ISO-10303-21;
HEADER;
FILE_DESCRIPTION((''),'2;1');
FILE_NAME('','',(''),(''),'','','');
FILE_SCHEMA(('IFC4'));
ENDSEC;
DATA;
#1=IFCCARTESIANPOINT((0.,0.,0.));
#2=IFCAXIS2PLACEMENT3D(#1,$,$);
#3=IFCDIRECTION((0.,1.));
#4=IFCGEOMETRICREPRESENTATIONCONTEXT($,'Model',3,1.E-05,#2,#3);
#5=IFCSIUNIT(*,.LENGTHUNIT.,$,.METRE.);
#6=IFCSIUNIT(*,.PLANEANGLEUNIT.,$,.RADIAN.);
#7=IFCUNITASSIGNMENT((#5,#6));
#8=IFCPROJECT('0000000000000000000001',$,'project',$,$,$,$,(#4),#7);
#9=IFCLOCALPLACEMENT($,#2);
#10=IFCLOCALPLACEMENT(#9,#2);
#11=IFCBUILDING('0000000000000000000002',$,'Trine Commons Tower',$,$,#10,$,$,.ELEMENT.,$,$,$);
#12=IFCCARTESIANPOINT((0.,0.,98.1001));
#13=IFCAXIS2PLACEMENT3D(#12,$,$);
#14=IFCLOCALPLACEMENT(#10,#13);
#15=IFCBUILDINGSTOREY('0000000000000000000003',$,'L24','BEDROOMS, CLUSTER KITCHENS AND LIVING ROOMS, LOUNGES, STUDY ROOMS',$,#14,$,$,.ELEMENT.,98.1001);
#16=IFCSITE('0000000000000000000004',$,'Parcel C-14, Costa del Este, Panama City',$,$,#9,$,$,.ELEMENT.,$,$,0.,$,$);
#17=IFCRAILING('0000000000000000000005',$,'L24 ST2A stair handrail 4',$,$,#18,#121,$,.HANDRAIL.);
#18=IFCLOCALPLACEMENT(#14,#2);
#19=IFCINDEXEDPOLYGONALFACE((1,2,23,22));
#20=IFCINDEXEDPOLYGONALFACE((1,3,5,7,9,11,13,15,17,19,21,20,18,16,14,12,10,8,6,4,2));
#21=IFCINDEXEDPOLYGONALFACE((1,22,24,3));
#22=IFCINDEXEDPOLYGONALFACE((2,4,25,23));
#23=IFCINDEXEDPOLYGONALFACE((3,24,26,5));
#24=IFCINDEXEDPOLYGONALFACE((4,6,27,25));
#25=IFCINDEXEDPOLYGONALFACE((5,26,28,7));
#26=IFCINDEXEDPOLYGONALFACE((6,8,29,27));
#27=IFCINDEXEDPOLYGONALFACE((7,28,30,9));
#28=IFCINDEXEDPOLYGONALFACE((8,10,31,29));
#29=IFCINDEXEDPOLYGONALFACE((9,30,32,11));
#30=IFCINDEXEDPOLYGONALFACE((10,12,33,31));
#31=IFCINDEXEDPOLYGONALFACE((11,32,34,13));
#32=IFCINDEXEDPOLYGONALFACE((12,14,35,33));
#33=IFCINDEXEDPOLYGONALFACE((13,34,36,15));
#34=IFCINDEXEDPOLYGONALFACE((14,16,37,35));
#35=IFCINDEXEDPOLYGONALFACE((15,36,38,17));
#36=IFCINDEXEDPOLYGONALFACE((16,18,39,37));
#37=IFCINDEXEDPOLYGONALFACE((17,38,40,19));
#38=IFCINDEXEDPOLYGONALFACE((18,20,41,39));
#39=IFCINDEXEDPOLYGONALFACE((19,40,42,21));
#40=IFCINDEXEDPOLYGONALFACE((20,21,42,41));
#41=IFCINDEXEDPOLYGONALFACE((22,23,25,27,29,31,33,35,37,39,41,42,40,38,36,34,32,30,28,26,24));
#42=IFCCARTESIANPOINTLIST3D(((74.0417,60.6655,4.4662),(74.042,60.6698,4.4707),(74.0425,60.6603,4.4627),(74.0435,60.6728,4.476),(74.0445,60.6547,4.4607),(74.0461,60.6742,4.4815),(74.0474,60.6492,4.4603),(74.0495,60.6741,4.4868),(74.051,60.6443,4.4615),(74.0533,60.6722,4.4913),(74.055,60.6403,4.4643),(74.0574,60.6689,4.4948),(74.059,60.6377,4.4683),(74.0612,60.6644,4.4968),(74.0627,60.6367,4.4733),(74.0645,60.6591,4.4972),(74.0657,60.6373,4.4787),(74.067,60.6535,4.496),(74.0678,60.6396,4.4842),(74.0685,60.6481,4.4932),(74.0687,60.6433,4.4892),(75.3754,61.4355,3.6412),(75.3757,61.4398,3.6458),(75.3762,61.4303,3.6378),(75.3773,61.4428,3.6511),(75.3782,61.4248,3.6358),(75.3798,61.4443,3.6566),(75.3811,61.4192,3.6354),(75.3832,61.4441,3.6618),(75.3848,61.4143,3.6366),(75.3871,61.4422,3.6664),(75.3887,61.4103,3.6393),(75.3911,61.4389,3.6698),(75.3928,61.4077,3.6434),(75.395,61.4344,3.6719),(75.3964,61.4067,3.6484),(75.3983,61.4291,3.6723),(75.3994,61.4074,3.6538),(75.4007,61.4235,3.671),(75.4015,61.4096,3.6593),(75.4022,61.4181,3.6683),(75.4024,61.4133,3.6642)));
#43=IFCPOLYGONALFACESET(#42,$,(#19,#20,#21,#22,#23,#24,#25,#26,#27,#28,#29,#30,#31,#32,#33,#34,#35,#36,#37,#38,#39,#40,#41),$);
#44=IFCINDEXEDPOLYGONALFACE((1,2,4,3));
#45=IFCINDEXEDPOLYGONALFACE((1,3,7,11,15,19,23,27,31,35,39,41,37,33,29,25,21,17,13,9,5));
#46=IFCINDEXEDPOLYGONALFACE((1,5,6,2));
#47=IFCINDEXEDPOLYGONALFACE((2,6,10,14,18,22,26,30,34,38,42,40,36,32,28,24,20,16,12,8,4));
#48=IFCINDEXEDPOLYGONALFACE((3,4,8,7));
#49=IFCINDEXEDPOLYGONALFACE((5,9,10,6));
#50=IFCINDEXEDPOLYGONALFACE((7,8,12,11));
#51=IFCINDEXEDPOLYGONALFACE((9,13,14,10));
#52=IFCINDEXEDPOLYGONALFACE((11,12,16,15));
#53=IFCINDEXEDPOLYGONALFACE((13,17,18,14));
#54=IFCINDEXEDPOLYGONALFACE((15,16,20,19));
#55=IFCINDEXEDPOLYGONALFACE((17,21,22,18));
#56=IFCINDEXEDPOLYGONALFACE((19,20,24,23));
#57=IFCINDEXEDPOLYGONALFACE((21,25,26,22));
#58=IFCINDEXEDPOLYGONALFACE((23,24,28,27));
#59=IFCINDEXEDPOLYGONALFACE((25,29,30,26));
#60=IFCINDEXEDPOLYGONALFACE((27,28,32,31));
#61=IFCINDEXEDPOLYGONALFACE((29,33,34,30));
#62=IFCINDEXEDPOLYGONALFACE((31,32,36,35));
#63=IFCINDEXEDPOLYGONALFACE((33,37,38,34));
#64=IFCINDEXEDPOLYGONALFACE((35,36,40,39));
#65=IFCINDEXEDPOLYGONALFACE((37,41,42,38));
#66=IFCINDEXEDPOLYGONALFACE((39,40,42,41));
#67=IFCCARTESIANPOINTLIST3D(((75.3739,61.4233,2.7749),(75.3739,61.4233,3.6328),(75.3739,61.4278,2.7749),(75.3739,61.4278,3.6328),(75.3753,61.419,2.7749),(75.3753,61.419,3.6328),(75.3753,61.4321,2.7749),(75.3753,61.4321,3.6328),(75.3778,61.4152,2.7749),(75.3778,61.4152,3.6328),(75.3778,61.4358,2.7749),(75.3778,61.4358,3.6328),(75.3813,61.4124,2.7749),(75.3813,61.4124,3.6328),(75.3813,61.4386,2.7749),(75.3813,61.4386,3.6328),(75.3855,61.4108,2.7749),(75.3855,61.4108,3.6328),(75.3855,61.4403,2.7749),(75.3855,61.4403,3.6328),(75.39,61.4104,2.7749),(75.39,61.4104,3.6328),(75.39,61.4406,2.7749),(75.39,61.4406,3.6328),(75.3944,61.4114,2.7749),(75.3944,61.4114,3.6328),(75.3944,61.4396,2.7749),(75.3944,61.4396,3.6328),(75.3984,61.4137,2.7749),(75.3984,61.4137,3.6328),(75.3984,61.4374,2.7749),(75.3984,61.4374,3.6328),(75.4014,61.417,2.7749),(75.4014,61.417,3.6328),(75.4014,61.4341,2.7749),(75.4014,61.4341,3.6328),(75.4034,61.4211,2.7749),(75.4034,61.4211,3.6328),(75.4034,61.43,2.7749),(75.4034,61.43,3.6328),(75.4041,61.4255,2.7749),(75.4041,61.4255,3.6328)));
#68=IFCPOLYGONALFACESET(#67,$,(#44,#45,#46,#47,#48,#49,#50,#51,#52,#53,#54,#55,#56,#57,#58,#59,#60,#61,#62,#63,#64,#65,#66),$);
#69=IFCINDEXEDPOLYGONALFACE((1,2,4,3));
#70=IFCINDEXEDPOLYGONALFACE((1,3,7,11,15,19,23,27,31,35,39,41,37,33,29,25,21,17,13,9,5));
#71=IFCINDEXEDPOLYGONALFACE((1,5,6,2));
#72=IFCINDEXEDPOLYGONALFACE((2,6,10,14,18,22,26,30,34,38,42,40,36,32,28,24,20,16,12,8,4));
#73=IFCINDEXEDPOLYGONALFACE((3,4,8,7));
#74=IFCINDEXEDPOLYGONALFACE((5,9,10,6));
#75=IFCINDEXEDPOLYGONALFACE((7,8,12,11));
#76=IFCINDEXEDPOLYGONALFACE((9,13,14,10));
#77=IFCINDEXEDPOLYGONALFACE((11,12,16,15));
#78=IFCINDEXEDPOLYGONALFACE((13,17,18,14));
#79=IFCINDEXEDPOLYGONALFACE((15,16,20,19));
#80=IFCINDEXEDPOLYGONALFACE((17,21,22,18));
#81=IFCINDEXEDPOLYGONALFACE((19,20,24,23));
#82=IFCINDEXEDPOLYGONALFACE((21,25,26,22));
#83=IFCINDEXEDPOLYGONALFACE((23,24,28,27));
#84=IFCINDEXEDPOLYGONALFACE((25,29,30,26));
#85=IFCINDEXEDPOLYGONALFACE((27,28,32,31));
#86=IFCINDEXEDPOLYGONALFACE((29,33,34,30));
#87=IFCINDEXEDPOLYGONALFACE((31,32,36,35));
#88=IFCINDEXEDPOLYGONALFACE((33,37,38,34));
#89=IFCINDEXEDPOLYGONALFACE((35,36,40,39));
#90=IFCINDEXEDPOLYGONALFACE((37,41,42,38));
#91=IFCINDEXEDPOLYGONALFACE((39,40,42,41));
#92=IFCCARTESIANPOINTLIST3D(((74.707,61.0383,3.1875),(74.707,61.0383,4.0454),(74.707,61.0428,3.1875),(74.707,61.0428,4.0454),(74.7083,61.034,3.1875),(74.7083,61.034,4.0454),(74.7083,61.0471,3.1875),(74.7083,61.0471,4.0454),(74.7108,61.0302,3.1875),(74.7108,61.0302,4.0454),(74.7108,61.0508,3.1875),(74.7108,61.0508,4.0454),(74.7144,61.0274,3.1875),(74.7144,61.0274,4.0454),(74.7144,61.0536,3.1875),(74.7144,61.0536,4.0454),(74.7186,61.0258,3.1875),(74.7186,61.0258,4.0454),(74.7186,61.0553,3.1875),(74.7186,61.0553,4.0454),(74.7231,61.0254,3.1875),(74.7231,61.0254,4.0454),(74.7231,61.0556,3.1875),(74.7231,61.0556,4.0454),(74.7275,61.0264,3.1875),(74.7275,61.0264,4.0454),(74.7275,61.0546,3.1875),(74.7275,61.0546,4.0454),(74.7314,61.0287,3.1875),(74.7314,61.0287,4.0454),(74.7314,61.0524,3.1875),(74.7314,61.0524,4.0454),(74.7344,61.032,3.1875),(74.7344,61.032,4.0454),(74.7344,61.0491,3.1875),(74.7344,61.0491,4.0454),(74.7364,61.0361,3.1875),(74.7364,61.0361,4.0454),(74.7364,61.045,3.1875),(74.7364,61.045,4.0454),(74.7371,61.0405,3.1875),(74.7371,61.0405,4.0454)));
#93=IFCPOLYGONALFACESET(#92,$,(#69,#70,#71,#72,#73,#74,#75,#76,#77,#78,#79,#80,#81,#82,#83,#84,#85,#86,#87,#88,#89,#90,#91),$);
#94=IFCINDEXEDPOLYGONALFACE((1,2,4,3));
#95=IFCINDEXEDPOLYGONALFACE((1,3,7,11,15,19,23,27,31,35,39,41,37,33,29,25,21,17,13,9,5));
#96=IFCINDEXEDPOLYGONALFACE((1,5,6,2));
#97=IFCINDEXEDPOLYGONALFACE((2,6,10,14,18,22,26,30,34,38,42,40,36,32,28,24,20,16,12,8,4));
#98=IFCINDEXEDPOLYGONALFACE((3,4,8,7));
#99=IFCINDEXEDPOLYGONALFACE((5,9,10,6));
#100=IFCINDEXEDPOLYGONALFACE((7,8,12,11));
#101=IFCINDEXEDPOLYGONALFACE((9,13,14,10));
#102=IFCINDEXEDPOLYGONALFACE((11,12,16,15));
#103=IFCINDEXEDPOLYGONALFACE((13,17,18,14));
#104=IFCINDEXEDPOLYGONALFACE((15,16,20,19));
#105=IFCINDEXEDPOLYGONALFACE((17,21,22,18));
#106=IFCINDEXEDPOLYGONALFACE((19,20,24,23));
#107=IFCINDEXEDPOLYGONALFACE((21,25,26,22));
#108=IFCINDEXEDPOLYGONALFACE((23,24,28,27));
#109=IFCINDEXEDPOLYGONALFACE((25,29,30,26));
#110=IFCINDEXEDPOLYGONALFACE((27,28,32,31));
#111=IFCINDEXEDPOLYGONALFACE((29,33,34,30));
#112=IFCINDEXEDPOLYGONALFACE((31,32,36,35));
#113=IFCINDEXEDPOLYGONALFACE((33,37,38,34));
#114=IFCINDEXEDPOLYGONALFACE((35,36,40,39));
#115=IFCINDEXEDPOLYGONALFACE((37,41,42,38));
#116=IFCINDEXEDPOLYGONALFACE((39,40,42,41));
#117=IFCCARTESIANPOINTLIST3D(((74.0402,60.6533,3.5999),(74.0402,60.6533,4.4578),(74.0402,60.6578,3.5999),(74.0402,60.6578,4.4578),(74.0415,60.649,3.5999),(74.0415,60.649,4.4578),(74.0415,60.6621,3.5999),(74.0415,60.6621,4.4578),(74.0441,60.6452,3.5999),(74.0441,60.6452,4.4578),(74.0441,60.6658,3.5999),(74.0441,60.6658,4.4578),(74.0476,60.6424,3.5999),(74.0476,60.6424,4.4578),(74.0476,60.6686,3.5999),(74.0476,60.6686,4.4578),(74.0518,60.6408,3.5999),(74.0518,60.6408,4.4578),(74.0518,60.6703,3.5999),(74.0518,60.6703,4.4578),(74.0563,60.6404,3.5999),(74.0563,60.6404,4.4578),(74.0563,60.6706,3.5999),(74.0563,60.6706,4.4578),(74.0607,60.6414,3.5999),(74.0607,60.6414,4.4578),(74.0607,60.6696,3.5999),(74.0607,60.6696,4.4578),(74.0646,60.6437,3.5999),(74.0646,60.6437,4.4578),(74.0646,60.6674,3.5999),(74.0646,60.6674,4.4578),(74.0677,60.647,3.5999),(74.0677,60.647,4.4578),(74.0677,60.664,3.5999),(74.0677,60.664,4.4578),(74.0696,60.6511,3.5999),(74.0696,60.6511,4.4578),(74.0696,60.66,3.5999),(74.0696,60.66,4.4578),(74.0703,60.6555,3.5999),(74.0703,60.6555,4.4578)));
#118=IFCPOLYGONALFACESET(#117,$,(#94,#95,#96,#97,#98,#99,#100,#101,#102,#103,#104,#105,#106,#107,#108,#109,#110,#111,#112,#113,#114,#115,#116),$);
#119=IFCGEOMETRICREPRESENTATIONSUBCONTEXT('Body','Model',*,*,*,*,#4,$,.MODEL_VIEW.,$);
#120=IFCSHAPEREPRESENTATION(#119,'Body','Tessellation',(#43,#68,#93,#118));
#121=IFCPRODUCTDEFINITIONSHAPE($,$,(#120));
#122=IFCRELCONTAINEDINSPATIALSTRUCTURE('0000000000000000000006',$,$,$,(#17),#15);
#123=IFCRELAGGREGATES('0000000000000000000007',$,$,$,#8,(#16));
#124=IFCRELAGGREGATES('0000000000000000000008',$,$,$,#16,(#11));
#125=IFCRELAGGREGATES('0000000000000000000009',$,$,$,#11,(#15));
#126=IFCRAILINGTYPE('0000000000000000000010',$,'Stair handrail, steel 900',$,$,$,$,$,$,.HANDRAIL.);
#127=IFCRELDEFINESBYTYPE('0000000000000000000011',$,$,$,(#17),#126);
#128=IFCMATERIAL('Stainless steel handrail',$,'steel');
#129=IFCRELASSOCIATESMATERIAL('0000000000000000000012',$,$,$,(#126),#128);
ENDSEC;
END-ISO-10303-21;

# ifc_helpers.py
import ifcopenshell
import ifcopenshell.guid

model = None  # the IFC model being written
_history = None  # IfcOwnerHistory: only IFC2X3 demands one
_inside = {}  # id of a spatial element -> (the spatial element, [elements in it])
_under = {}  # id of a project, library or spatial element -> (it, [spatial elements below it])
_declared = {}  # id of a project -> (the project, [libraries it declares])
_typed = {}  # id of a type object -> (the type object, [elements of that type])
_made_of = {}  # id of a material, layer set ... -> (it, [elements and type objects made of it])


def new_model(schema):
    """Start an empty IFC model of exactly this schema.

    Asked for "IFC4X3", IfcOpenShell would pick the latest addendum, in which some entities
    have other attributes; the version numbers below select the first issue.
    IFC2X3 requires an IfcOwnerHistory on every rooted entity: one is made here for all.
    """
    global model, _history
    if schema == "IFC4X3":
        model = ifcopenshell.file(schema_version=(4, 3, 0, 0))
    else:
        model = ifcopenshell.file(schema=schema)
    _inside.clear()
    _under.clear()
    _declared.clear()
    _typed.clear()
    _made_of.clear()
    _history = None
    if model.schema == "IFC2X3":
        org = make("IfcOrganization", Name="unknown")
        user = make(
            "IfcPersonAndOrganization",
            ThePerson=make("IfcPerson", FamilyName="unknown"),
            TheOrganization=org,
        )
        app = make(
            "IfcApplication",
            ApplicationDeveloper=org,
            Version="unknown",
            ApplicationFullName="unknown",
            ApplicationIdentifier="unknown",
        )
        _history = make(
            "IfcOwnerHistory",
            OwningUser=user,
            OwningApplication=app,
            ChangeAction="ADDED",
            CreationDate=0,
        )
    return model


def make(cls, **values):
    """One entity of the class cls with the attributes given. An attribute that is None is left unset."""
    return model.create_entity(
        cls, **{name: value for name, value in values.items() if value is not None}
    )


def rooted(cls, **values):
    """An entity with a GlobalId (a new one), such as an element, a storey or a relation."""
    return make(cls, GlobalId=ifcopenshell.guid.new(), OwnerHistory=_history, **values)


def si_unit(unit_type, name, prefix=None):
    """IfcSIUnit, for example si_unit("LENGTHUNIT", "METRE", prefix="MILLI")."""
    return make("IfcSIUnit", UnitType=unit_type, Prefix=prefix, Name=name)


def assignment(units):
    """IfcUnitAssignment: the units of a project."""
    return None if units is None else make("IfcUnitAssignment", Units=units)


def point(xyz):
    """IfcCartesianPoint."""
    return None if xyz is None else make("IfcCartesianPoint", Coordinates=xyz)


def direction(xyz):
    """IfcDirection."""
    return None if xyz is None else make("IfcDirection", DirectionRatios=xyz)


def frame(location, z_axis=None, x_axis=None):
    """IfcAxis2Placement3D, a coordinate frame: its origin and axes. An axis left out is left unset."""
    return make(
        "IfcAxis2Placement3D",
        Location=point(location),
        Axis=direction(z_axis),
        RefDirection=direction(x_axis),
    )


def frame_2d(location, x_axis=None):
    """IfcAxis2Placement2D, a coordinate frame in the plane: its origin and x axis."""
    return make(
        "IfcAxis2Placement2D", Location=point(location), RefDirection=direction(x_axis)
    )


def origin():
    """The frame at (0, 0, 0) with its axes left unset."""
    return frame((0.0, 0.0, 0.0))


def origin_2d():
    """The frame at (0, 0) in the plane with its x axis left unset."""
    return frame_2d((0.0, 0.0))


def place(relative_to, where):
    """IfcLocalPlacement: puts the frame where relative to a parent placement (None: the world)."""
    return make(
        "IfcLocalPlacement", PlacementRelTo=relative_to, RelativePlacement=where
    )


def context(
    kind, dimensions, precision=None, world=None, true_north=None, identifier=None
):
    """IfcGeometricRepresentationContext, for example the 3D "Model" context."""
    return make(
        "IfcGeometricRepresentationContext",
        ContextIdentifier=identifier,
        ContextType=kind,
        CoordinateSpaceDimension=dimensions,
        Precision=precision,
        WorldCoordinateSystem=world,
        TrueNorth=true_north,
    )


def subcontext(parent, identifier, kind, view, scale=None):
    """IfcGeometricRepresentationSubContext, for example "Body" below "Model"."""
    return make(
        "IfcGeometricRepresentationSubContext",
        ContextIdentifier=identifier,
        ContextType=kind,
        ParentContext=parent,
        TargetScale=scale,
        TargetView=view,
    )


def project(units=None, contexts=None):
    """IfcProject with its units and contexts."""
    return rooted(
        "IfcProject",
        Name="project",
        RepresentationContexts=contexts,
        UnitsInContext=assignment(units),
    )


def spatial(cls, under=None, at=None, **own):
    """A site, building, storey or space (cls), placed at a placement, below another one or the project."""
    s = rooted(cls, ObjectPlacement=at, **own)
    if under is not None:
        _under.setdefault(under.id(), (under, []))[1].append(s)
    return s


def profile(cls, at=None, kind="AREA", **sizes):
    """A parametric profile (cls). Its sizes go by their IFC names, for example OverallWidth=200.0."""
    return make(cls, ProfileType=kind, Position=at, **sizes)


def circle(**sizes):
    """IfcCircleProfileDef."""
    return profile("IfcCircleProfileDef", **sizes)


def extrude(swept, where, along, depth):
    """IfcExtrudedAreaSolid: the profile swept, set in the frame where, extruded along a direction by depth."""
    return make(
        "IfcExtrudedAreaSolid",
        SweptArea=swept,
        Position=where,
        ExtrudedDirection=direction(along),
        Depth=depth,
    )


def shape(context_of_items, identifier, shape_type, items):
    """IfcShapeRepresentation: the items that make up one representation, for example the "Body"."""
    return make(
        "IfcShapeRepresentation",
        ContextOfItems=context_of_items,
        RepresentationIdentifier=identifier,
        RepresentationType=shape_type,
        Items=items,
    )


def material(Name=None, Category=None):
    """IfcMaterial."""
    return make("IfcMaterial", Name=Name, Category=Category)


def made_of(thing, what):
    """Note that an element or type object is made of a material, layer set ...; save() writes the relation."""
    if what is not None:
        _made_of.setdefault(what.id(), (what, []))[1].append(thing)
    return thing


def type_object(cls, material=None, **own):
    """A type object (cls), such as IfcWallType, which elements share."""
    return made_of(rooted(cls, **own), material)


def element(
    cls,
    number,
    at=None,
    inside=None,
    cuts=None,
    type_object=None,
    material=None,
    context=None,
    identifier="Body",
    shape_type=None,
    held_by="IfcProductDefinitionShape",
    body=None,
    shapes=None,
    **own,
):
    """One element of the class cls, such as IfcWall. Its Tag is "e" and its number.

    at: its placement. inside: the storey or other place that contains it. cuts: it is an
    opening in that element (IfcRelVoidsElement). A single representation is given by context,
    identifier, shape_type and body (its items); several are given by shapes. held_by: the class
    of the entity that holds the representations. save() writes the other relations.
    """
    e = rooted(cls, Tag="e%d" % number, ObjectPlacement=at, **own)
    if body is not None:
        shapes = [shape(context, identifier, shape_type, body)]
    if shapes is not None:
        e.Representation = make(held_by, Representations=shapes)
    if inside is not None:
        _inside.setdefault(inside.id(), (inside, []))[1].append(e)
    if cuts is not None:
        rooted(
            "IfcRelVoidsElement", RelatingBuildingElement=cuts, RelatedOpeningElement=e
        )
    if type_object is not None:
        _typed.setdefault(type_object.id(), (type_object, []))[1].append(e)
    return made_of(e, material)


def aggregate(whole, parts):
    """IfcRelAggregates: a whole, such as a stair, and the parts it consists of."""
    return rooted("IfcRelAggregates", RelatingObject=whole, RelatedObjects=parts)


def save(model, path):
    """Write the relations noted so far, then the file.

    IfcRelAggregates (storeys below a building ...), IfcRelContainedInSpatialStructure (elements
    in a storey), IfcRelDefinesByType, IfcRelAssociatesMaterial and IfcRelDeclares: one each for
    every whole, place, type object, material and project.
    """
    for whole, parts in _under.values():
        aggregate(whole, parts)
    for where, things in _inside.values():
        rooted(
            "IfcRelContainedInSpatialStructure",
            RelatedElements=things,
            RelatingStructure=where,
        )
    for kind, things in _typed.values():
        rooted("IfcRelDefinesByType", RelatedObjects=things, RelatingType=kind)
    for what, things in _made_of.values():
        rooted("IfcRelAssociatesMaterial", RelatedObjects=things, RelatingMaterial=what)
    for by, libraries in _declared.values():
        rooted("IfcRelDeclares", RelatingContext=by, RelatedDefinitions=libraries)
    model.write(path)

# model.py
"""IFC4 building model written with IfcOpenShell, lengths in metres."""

from ifc_helpers import new_model, si_unit, direction, frame, origin, origin_2d, place, context, subcontext, project, spatial, circle, extrude, material, type_object, element, save


model = new_model("IFC4")

# Units and contexts
model_context = context("Model", 3, precision=1e-05, world=origin(), true_north=direction((0.0, 1.0)))
body_context = subcontext(model_context, "Body", "Model", "MODEL_VIEW")
ifc_project = project(units=[si_unit("LENGTHUNIT", "METRE"), si_unit("PLANEANGLEUNIT", "RADIAN")], contexts=[model_context])

# Site, building, storey
site_placement = place(None, origin())
site = spatial("IfcSite", under=ifc_project, at=site_placement, Name="Parcel C-14, Costa del Este, Panama City", CompositionType="ELEMENT", RefElevation=0.0)
building_placement = place(site_placement, origin())
building = spatial("IfcBuilding", under=site, at=building_placement, Name="Trine Commons Tower", CompositionType="ELEMENT")
storey_placement = place(building_placement, frame((0.0, 0.0, 98.1001)))
storey = spatial("IfcBuildingStorey", under=building, at=storey_placement, Name="L24", Description="BEDROOMS, CLUSTER KITCHENS AND LIVING ROOMS, LOUNGES, STUDY ROOMS", CompositionType="ELEMENT", Elevation=98.1001)

# Railing
ifc_material_1 = material(Name="Stainless steel handrail", Category="steel")
railing_type_1 = type_object("IfcRailingType", Name="Stair handrail, steel 900", PredefinedType="HANDRAIL", material=ifc_material_1)
railing_1_placement = place(storey_placement, frame((75.3889, 61.4255, 2.7749)))
element("IfcRailing", 1, at=railing_1_placement, inside=storey, type_object=railing_type_1, Name="L24 ST2A stair handrail 4", PredefinedType="HANDRAIL", context=body_context, shape_type="SweptSolid", body=[
    extrude(circle(Radius=0.021, at=origin_2d()), frame((0.0, 0.0, 0.8789), z_axis=(-0.763405, -0.440743, 0.472185), x_axis=(0.499992, -0.86603, 0.0)), (0.0, 0.0, 1.0), 1.7471),
    extrude(circle(Radius=0.0151, at=origin_2d()), origin(), (0.0, 0.0, 1.0), 0.8579),
    extrude(circle(Radius=0.0151, at=origin_2d()), frame((-0.667, -0.385, 0.4126)), (0.0, 0.0, 1.0), 0.8579),
    extrude(circle(Radius=0.0151, at=origin_2d()), frame((-1.3337, -0.77, 0.825)), (0.0, 0.0, 1.0), 0.8579),
])

save(model, "model.ifc")
